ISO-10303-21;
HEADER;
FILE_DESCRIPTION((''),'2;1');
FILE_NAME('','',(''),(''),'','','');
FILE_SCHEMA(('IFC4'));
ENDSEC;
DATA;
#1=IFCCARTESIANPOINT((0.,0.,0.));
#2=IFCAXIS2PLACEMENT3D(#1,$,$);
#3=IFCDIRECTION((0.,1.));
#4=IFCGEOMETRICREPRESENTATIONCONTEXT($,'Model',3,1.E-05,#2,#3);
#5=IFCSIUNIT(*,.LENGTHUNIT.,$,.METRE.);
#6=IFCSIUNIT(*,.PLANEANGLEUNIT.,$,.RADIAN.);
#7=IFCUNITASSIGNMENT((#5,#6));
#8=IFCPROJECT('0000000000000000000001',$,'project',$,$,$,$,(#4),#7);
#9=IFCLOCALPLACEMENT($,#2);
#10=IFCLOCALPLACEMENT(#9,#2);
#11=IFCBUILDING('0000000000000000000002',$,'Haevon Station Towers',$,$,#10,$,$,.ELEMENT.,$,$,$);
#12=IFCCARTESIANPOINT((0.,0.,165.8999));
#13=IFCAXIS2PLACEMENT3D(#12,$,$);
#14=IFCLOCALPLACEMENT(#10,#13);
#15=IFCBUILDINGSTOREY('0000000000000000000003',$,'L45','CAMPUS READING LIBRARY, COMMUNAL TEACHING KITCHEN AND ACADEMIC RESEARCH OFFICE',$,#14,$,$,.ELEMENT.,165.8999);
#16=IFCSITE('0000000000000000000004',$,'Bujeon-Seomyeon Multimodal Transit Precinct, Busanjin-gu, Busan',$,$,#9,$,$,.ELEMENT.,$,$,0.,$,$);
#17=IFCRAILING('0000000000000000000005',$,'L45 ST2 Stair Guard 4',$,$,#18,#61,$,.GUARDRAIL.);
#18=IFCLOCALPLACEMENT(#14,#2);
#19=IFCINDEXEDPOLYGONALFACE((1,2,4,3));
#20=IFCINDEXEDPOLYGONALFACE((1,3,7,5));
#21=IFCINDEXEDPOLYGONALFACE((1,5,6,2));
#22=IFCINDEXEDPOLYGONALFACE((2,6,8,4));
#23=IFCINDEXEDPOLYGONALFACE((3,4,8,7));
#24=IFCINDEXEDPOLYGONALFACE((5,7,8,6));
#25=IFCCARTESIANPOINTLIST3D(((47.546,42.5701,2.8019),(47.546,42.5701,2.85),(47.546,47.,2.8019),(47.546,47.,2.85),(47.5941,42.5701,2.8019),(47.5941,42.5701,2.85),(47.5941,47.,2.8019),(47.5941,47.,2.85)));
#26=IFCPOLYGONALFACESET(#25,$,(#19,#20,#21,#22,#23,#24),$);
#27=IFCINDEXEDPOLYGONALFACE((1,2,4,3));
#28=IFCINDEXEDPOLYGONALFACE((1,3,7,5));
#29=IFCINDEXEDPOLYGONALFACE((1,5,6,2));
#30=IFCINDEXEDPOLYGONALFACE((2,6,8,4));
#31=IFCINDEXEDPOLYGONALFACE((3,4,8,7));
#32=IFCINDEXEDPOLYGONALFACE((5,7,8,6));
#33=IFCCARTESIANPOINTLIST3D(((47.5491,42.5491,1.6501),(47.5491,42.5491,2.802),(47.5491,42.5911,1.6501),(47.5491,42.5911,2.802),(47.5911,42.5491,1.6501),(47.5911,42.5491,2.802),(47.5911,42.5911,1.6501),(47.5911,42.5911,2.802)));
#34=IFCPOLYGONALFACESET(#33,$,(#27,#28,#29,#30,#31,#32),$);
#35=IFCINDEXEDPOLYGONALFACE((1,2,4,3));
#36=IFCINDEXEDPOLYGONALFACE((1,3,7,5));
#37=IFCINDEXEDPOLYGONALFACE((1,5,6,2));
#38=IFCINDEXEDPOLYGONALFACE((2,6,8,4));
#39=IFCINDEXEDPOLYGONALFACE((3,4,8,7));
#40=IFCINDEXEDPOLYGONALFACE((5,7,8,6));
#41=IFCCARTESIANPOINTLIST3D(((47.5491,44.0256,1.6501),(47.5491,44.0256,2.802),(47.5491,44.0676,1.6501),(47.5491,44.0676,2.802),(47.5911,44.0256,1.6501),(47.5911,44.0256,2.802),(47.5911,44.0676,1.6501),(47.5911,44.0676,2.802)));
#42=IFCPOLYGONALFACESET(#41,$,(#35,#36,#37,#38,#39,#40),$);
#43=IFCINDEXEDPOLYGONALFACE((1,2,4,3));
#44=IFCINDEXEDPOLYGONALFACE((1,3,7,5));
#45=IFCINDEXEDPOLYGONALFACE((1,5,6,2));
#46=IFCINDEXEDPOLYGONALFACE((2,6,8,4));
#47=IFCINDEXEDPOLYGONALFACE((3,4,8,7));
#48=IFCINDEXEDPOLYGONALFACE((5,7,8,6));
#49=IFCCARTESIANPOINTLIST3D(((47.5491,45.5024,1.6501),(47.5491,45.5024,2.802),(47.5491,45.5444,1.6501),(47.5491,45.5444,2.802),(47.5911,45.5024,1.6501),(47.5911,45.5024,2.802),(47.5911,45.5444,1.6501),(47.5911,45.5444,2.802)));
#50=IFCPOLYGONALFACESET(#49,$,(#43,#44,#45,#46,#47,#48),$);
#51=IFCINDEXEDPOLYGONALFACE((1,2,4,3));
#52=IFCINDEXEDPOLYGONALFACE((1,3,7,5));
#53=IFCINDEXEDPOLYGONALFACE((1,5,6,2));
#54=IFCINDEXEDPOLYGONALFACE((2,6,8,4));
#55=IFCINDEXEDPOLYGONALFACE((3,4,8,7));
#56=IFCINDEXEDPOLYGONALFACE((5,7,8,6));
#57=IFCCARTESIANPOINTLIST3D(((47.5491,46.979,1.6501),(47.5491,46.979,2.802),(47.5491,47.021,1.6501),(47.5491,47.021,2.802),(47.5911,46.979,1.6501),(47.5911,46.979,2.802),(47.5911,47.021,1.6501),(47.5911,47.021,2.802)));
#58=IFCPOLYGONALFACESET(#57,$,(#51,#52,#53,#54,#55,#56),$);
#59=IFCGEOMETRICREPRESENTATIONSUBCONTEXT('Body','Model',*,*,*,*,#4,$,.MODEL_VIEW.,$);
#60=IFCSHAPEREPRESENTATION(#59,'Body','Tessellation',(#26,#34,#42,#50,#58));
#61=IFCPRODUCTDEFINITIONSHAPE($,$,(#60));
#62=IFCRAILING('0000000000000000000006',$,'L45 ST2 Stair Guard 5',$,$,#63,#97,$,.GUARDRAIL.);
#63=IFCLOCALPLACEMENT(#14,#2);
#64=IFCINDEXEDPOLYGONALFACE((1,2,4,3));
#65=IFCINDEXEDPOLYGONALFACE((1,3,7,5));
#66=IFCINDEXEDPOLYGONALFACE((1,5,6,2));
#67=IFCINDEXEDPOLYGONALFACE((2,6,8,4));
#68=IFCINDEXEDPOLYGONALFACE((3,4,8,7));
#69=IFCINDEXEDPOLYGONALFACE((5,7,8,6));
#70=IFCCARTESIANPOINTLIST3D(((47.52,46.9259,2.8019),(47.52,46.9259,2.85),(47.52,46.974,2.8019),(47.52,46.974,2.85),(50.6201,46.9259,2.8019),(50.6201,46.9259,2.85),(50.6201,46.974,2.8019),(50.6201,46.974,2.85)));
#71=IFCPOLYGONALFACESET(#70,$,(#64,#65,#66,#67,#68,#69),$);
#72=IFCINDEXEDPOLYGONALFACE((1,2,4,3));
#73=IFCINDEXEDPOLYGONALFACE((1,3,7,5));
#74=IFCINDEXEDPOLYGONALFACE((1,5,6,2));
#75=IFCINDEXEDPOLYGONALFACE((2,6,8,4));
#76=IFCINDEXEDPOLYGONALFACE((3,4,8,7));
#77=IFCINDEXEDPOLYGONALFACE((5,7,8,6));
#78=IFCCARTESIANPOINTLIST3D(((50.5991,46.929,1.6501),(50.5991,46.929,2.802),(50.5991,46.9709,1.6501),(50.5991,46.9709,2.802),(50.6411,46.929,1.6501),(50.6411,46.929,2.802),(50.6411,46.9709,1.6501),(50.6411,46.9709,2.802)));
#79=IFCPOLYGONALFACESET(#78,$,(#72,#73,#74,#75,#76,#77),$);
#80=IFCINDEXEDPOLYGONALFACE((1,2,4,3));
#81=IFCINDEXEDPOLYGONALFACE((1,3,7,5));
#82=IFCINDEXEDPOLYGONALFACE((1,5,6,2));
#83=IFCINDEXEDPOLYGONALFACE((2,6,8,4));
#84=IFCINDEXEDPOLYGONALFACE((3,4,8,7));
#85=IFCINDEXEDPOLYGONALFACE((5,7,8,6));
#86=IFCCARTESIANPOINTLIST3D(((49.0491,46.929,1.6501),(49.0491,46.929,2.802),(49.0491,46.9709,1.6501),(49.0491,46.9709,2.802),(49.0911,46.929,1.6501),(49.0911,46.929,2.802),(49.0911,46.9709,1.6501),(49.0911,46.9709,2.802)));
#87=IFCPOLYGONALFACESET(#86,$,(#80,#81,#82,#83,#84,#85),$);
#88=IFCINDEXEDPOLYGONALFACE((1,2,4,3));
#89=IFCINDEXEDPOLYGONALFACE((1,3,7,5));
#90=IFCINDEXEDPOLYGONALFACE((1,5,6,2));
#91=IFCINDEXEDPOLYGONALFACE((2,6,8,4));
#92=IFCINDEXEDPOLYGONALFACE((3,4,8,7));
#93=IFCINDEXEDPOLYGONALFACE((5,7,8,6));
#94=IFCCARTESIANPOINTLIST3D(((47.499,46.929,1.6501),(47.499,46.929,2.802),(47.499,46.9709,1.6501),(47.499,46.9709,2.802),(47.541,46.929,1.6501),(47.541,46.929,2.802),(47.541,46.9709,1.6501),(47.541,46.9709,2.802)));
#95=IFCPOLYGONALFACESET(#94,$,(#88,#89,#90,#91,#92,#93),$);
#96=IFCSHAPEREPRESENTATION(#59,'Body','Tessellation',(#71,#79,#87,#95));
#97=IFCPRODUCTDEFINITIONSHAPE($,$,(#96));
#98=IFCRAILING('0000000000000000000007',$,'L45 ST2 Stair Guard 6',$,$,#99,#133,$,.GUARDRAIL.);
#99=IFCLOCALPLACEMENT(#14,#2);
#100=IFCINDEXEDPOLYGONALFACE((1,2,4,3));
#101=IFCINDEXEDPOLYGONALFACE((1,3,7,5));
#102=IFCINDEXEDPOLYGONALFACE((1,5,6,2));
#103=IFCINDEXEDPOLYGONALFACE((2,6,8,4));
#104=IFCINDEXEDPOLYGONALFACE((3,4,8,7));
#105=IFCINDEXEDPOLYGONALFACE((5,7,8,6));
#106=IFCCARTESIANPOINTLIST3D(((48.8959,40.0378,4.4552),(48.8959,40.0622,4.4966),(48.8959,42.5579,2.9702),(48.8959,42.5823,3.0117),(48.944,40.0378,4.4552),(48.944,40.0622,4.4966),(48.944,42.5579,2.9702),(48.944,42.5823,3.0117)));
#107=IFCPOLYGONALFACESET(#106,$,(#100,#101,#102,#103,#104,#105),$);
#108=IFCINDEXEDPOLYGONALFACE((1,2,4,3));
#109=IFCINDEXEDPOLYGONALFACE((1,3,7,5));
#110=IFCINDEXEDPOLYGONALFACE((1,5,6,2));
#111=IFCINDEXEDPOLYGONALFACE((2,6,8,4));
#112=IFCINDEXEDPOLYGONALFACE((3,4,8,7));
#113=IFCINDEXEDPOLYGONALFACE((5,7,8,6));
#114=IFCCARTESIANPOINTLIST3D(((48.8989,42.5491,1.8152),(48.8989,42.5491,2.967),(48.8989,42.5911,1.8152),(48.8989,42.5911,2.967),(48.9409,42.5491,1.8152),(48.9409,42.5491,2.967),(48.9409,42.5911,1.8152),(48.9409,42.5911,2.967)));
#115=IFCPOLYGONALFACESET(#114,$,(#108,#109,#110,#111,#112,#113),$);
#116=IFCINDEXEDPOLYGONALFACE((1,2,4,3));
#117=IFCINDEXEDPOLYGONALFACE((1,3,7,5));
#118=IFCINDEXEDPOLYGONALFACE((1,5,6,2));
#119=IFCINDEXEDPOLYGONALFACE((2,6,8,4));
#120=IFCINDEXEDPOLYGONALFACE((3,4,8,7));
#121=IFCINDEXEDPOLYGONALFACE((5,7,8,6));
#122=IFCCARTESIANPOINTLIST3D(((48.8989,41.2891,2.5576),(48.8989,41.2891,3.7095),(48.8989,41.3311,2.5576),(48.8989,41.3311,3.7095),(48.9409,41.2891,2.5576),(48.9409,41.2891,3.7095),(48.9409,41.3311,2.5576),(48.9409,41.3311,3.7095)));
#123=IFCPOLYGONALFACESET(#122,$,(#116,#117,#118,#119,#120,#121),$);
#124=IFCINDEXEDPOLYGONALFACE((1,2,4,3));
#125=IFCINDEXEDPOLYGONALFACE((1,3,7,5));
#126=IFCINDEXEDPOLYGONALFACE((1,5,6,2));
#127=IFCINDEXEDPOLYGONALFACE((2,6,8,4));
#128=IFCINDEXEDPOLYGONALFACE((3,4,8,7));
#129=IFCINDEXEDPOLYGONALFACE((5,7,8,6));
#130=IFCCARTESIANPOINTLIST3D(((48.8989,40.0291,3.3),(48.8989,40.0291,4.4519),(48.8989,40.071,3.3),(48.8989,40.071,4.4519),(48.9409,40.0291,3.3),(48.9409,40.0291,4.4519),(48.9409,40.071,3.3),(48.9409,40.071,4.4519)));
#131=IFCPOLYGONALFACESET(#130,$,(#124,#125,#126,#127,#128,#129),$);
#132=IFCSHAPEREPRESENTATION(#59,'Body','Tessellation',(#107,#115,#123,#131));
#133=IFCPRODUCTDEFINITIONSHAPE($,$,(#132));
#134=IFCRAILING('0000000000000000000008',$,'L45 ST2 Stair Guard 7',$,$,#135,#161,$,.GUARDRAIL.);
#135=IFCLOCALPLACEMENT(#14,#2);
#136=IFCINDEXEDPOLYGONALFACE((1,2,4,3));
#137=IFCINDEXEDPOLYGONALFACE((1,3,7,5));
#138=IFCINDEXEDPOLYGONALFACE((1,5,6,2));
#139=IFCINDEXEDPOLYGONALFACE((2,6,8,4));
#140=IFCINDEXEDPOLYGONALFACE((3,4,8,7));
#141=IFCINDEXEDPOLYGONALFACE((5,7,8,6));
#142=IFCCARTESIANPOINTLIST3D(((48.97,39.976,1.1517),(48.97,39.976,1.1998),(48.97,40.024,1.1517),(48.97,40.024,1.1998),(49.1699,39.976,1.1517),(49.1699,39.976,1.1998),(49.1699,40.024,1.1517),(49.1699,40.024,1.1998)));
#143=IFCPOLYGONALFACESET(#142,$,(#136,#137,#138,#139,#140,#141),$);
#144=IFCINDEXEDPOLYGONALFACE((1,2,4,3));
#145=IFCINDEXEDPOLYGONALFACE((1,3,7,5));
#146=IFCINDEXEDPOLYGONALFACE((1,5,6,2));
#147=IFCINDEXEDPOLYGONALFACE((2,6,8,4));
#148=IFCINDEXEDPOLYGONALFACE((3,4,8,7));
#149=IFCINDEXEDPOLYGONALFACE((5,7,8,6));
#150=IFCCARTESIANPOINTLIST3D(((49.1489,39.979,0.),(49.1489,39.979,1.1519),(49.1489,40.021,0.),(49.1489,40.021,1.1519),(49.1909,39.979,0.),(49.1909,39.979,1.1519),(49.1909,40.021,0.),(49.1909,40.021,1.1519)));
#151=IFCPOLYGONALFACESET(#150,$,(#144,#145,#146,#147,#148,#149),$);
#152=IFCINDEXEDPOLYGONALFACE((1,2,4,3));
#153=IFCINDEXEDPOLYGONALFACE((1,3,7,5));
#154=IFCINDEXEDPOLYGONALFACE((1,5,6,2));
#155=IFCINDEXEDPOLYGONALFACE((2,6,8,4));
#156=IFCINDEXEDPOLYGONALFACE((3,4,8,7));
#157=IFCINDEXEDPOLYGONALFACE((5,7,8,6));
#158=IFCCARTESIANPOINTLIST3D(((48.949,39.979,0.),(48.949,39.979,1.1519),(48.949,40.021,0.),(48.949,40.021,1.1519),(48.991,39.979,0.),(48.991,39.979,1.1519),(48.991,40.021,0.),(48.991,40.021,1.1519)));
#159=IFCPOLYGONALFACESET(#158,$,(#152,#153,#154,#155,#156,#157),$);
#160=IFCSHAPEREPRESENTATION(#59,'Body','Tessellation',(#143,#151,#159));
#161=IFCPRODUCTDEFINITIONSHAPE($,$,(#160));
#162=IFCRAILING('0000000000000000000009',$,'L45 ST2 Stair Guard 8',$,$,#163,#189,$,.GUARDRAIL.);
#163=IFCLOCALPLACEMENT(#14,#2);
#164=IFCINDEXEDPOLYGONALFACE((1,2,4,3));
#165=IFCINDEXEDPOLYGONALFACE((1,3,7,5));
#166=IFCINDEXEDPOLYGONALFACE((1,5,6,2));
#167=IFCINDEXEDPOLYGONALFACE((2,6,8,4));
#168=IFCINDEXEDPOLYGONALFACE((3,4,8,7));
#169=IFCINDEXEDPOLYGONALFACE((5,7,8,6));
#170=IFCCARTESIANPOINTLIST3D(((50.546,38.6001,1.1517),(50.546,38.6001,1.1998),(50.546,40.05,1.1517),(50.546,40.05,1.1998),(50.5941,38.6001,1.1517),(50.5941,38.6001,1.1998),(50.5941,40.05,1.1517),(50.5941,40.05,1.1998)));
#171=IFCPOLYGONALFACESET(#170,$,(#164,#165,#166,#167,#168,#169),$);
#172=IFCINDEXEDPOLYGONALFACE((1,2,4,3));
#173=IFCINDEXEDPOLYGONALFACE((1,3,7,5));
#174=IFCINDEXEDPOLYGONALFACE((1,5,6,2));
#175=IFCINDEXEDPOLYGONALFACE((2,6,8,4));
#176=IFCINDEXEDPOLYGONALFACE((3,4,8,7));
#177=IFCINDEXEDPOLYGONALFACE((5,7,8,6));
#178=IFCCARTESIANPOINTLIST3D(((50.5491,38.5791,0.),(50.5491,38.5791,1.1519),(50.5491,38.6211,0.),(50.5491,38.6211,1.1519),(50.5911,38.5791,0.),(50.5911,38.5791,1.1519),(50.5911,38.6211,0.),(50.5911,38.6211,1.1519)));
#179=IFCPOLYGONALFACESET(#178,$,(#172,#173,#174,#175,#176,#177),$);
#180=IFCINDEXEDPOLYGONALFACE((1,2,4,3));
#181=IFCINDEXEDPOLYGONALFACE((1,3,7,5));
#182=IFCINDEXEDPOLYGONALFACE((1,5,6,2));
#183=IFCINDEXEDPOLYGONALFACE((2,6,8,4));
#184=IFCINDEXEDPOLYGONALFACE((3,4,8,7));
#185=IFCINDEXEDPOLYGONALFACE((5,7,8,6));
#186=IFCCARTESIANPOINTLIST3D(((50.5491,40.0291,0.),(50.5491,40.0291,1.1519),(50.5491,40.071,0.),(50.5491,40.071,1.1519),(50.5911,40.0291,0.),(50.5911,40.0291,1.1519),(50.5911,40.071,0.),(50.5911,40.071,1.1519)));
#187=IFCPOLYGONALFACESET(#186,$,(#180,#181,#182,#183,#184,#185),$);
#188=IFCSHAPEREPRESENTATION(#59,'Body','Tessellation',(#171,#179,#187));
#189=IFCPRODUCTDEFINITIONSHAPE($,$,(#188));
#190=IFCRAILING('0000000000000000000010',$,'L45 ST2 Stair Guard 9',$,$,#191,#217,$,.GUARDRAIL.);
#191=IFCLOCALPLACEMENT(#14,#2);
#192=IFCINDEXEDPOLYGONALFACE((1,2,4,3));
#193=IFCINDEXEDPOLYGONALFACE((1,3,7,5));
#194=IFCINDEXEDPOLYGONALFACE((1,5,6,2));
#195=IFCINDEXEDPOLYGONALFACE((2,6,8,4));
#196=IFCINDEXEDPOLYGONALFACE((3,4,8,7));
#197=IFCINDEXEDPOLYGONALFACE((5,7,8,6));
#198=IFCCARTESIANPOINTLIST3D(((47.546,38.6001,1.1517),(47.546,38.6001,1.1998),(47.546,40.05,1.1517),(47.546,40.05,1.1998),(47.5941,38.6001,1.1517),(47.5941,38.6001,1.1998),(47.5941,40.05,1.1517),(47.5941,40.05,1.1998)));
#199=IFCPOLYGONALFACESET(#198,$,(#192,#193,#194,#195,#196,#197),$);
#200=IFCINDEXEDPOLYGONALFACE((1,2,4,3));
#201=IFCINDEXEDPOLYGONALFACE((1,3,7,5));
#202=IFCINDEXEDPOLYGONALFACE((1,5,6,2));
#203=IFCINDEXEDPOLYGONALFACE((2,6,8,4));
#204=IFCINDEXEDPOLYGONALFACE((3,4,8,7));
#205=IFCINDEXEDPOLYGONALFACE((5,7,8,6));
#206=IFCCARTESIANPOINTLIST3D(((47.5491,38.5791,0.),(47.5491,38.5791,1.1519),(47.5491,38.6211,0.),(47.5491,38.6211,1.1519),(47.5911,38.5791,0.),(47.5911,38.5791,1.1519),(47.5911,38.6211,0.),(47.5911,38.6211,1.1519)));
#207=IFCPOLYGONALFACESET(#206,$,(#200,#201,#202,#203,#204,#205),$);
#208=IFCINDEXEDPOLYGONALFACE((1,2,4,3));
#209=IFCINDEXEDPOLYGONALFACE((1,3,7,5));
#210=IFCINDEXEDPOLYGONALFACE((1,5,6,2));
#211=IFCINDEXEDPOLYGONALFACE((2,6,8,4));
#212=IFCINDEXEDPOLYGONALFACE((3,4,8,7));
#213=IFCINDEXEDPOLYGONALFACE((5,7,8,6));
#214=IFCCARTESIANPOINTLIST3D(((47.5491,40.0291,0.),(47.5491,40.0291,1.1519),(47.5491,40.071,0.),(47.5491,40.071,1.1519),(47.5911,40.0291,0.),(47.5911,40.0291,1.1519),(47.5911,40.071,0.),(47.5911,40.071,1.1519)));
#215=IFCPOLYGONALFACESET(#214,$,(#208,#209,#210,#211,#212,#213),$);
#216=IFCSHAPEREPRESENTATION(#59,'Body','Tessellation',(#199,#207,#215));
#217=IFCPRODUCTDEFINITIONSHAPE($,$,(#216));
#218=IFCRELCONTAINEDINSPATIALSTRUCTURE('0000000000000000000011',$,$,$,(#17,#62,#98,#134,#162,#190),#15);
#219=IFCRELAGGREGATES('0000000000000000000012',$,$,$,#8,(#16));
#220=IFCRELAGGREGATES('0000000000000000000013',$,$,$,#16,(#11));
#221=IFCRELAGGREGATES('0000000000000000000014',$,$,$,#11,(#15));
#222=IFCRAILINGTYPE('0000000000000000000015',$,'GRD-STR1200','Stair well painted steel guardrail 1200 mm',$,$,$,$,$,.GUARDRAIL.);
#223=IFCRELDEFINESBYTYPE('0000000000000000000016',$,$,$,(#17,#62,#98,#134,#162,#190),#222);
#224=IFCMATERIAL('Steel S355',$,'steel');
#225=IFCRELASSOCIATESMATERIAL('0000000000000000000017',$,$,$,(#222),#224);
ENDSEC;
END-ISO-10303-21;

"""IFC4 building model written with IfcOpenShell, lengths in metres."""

from ifc_helpers import new_model, si_unit, direction, frame, origin, origin_2d, place, context, subcontext, project, spatial, rectangle, extrude, material, type_object, element, save


model = new_model("IFC4")

# Units and contexts
model_context = context("Model", 3, precision=1e-05, world=origin(), true_north=direction((0.0, 1.0)))
body_context = subcontext(model_context, "Body", "Model", "MODEL_VIEW")
ifc_project = project(units=[si_unit("LENGTHUNIT", "METRE"), si_unit("PLANEANGLEUNIT", "RADIAN")], contexts=[model_context])

# Site, building, storey
site_placement = place(None, origin())
site = spatial("IfcSite", under=ifc_project, at=site_placement, Name="Bujeon-Seomyeon Multimodal Transit Precinct, Busanjin-gu, Busan", CompositionType="ELEMENT", RefElevation=0.0)
building_placement = place(site_placement, origin())
building = spatial("IfcBuilding", under=site, at=building_placement, Name="Haevon Station Towers", CompositionType="ELEMENT")
storey_placement = place(building_placement, frame((0.0, 0.0, 165.8999)))
storey = spatial("IfcBuildingStorey", under=building, at=storey_placement, Name="L45", Description="CAMPUS READING LIBRARY, COMMUNAL TEACHING KITCHEN AND ACADEMIC RESEARCH OFFICE", CompositionType="ELEMENT", Elevation=165.8999)

# Shared definitions
ifc_material_1 = material(Name="Steel S355", Category="steel")

# Railings
railing_type_1 = type_object("IfcRailingType", Name="GRD-STR1200", Description="Stair well painted steel guardrail 1200 mm", PredefinedType="GUARDRAIL", material=ifc_material_1)
for number, where, name in (
    (1, (47.5701, 42.5701, 1.6501), "L45 ST2 Stair Guard 4"),
):
    element("IfcRailing", number, at=place(storey_placement, frame(where)), inside=storey, type_object=railing_type_1, Name=name, PredefinedType="GUARDRAIL", context=body_context, shape_type="SweptSolid", body=[
        extrude(rectangle(XDim=0.0481, YDim=0.0481, at=origin_2d()), frame((0.0, 0.0, 1.1758), z_axis=(0.0, 1.0, 0.0), x_axis=(-1.0, 0.0, 0.0)), (0.0, 0.0, 1.0), 4.4299),
        extrude(rectangle(XDim=0.042, YDim=0.042, at=origin_2d()), origin(), (0.0, 0.0, 1.0), 1.1519),
        extrude(rectangle(XDim=0.042, YDim=0.042, at=origin_2d()), frame((0.0, 1.4766, 0.0)), (0.0, 0.0, 1.0), 1.1519),
        extrude(rectangle(XDim=0.042, YDim=0.042, at=origin_2d()), frame((0.0, 2.9534, 0.0)), (0.0, 0.0, 1.0), 1.1519),
        extrude(rectangle(XDim=0.042, YDim=0.042, at=origin_2d()), frame((0.0, 4.4299, 0.0)), (0.0, 0.0, 1.0), 1.1519),
    ])
railing_1_placement = place(storey_placement, frame((50.6201, 46.95, 1.6501)))
element("IfcRailing", 2, at=railing_1_placement, inside=storey, type_object=railing_type_1, Name="L45 ST2 Stair Guard 5", PredefinedType="GUARDRAIL", context=body_context, shape_type="SweptSolid", body=[
    extrude(rectangle(XDim=0.0481, YDim=0.0481, at=origin_2d()), frame((0.0, 0.0, 1.1758), z_axis=(-1.0, 0.0, 0.0), x_axis=(0.0, -1.0, 0.0)), (0.0, 0.0, 1.0), 3.1001),
    extrude(rectangle(XDim=0.042, YDim=0.042, at=origin_2d()), origin(), (0.0, 0.0, 1.0), 1.1519),
    extrude(rectangle(XDim=0.042, YDim=0.042, at=origin_2d()), frame((-1.55, 0.0, 0.0)), (0.0, 0.0, 1.0), 1.1519),
    extrude(rectangle(XDim=0.042, YDim=0.042, at=origin_2d()), frame((-3.1001, 0.0, 0.0)), (0.0, 0.0, 1.0), 1.1519),
])
railing_2_placement = place(storey_placement, frame((48.9199, 42.5701, 1.8152)))
element("IfcRailing", 3, at=railing_2_placement, inside=storey, type_object=railing_type_1, Name="L45 ST2 Stair Guard 6", PredefinedType="GUARDRAIL", context=body_context, shape_type="SweptSolid", body=[
    extrude(rectangle(XDim=0.0481, YDim=0.0481, at=origin_2d()), frame((0.0, 0.0, 1.1758), z_axis=(0.0, -0.861561, 0.507655), x_axis=(1.0, 0.0, 0.0)), (0.0, 0.0, 1.0), 2.925),
    extrude(rectangle(XDim=0.042, YDim=0.042, at=origin_2d()), origin(), (0.0, 0.0, 1.0), 1.1519),
    extrude(rectangle(XDim=0.042, YDim=0.042, at=origin_2d()), frame((0.0, -1.26, 0.7424)), (0.0, 0.0, 1.0), 1.1519),
    extrude(rectangle(XDim=0.042, YDim=0.042, at=origin_2d()), frame((0.0, -2.52, 1.4849)), (0.0, 0.0, 1.0), 1.1519),
])
railing_3_placement = place(storey_placement, frame((49.1699, 40.0, 0.0)))
element("IfcRailing", 4, at=railing_3_placement, inside=storey, type_object=railing_type_1, Name="L45 ST2 Stair Guard 7", PredefinedType="GUARDRAIL", context=body_context, shape_type="SweptSolid", body=[
    extrude(rectangle(XDim=0.0481, YDim=0.0481, at=origin_2d()), frame((0.0, 0.0, 1.1758), z_axis=(-1.0, 0.0, 0.0), x_axis=(0.0, -1.0, 0.0)), (0.0, 0.0, 1.0), 0.2),
    extrude(rectangle(XDim=0.042, YDim=0.042, at=origin_2d()), origin(), (0.0, 0.0, 1.0), 1.1519),
    extrude(rectangle(XDim=0.042, YDim=0.042, at=origin_2d()), frame((-0.2, 0.0, 0.0)), (0.0, 0.0, 1.0), 1.1519),
])
for number, where, name in (
    (5, (50.5701, 38.6001, 0.0), "L45 ST2 Stair Guard 8"),
    (6, (47.5701, 38.6001, 0.0), "L45 ST2 Stair Guard 9"),
):
    element("IfcRailing", number, at=place(storey_placement, frame(where)), inside=storey, type_object=railing_type_1, Name=name, PredefinedType="GUARDRAIL", context=body_context, shape_type="SweptSolid", body=[
        extrude(rectangle(XDim=0.0481, YDim=0.0481, at=origin_2d()), frame((0.0, 0.0, 1.1758), z_axis=(0.0, 1.0, 0.0), x_axis=(-1.0, 0.0, 0.0)), (0.0, 0.0, 1.0), 1.45),
        extrude(rectangle(XDim=0.042, YDim=0.042, at=origin_2d()), origin(), (0.0, 0.0, 1.0), 1.1519),
        extrude(rectangle(XDim=0.042, YDim=0.042, at=origin_2d()), frame((0.0, 1.45, 0.0)), (0.0, 0.0, 1.0), 1.1519),
    ])

save(model, "model.ifc")
